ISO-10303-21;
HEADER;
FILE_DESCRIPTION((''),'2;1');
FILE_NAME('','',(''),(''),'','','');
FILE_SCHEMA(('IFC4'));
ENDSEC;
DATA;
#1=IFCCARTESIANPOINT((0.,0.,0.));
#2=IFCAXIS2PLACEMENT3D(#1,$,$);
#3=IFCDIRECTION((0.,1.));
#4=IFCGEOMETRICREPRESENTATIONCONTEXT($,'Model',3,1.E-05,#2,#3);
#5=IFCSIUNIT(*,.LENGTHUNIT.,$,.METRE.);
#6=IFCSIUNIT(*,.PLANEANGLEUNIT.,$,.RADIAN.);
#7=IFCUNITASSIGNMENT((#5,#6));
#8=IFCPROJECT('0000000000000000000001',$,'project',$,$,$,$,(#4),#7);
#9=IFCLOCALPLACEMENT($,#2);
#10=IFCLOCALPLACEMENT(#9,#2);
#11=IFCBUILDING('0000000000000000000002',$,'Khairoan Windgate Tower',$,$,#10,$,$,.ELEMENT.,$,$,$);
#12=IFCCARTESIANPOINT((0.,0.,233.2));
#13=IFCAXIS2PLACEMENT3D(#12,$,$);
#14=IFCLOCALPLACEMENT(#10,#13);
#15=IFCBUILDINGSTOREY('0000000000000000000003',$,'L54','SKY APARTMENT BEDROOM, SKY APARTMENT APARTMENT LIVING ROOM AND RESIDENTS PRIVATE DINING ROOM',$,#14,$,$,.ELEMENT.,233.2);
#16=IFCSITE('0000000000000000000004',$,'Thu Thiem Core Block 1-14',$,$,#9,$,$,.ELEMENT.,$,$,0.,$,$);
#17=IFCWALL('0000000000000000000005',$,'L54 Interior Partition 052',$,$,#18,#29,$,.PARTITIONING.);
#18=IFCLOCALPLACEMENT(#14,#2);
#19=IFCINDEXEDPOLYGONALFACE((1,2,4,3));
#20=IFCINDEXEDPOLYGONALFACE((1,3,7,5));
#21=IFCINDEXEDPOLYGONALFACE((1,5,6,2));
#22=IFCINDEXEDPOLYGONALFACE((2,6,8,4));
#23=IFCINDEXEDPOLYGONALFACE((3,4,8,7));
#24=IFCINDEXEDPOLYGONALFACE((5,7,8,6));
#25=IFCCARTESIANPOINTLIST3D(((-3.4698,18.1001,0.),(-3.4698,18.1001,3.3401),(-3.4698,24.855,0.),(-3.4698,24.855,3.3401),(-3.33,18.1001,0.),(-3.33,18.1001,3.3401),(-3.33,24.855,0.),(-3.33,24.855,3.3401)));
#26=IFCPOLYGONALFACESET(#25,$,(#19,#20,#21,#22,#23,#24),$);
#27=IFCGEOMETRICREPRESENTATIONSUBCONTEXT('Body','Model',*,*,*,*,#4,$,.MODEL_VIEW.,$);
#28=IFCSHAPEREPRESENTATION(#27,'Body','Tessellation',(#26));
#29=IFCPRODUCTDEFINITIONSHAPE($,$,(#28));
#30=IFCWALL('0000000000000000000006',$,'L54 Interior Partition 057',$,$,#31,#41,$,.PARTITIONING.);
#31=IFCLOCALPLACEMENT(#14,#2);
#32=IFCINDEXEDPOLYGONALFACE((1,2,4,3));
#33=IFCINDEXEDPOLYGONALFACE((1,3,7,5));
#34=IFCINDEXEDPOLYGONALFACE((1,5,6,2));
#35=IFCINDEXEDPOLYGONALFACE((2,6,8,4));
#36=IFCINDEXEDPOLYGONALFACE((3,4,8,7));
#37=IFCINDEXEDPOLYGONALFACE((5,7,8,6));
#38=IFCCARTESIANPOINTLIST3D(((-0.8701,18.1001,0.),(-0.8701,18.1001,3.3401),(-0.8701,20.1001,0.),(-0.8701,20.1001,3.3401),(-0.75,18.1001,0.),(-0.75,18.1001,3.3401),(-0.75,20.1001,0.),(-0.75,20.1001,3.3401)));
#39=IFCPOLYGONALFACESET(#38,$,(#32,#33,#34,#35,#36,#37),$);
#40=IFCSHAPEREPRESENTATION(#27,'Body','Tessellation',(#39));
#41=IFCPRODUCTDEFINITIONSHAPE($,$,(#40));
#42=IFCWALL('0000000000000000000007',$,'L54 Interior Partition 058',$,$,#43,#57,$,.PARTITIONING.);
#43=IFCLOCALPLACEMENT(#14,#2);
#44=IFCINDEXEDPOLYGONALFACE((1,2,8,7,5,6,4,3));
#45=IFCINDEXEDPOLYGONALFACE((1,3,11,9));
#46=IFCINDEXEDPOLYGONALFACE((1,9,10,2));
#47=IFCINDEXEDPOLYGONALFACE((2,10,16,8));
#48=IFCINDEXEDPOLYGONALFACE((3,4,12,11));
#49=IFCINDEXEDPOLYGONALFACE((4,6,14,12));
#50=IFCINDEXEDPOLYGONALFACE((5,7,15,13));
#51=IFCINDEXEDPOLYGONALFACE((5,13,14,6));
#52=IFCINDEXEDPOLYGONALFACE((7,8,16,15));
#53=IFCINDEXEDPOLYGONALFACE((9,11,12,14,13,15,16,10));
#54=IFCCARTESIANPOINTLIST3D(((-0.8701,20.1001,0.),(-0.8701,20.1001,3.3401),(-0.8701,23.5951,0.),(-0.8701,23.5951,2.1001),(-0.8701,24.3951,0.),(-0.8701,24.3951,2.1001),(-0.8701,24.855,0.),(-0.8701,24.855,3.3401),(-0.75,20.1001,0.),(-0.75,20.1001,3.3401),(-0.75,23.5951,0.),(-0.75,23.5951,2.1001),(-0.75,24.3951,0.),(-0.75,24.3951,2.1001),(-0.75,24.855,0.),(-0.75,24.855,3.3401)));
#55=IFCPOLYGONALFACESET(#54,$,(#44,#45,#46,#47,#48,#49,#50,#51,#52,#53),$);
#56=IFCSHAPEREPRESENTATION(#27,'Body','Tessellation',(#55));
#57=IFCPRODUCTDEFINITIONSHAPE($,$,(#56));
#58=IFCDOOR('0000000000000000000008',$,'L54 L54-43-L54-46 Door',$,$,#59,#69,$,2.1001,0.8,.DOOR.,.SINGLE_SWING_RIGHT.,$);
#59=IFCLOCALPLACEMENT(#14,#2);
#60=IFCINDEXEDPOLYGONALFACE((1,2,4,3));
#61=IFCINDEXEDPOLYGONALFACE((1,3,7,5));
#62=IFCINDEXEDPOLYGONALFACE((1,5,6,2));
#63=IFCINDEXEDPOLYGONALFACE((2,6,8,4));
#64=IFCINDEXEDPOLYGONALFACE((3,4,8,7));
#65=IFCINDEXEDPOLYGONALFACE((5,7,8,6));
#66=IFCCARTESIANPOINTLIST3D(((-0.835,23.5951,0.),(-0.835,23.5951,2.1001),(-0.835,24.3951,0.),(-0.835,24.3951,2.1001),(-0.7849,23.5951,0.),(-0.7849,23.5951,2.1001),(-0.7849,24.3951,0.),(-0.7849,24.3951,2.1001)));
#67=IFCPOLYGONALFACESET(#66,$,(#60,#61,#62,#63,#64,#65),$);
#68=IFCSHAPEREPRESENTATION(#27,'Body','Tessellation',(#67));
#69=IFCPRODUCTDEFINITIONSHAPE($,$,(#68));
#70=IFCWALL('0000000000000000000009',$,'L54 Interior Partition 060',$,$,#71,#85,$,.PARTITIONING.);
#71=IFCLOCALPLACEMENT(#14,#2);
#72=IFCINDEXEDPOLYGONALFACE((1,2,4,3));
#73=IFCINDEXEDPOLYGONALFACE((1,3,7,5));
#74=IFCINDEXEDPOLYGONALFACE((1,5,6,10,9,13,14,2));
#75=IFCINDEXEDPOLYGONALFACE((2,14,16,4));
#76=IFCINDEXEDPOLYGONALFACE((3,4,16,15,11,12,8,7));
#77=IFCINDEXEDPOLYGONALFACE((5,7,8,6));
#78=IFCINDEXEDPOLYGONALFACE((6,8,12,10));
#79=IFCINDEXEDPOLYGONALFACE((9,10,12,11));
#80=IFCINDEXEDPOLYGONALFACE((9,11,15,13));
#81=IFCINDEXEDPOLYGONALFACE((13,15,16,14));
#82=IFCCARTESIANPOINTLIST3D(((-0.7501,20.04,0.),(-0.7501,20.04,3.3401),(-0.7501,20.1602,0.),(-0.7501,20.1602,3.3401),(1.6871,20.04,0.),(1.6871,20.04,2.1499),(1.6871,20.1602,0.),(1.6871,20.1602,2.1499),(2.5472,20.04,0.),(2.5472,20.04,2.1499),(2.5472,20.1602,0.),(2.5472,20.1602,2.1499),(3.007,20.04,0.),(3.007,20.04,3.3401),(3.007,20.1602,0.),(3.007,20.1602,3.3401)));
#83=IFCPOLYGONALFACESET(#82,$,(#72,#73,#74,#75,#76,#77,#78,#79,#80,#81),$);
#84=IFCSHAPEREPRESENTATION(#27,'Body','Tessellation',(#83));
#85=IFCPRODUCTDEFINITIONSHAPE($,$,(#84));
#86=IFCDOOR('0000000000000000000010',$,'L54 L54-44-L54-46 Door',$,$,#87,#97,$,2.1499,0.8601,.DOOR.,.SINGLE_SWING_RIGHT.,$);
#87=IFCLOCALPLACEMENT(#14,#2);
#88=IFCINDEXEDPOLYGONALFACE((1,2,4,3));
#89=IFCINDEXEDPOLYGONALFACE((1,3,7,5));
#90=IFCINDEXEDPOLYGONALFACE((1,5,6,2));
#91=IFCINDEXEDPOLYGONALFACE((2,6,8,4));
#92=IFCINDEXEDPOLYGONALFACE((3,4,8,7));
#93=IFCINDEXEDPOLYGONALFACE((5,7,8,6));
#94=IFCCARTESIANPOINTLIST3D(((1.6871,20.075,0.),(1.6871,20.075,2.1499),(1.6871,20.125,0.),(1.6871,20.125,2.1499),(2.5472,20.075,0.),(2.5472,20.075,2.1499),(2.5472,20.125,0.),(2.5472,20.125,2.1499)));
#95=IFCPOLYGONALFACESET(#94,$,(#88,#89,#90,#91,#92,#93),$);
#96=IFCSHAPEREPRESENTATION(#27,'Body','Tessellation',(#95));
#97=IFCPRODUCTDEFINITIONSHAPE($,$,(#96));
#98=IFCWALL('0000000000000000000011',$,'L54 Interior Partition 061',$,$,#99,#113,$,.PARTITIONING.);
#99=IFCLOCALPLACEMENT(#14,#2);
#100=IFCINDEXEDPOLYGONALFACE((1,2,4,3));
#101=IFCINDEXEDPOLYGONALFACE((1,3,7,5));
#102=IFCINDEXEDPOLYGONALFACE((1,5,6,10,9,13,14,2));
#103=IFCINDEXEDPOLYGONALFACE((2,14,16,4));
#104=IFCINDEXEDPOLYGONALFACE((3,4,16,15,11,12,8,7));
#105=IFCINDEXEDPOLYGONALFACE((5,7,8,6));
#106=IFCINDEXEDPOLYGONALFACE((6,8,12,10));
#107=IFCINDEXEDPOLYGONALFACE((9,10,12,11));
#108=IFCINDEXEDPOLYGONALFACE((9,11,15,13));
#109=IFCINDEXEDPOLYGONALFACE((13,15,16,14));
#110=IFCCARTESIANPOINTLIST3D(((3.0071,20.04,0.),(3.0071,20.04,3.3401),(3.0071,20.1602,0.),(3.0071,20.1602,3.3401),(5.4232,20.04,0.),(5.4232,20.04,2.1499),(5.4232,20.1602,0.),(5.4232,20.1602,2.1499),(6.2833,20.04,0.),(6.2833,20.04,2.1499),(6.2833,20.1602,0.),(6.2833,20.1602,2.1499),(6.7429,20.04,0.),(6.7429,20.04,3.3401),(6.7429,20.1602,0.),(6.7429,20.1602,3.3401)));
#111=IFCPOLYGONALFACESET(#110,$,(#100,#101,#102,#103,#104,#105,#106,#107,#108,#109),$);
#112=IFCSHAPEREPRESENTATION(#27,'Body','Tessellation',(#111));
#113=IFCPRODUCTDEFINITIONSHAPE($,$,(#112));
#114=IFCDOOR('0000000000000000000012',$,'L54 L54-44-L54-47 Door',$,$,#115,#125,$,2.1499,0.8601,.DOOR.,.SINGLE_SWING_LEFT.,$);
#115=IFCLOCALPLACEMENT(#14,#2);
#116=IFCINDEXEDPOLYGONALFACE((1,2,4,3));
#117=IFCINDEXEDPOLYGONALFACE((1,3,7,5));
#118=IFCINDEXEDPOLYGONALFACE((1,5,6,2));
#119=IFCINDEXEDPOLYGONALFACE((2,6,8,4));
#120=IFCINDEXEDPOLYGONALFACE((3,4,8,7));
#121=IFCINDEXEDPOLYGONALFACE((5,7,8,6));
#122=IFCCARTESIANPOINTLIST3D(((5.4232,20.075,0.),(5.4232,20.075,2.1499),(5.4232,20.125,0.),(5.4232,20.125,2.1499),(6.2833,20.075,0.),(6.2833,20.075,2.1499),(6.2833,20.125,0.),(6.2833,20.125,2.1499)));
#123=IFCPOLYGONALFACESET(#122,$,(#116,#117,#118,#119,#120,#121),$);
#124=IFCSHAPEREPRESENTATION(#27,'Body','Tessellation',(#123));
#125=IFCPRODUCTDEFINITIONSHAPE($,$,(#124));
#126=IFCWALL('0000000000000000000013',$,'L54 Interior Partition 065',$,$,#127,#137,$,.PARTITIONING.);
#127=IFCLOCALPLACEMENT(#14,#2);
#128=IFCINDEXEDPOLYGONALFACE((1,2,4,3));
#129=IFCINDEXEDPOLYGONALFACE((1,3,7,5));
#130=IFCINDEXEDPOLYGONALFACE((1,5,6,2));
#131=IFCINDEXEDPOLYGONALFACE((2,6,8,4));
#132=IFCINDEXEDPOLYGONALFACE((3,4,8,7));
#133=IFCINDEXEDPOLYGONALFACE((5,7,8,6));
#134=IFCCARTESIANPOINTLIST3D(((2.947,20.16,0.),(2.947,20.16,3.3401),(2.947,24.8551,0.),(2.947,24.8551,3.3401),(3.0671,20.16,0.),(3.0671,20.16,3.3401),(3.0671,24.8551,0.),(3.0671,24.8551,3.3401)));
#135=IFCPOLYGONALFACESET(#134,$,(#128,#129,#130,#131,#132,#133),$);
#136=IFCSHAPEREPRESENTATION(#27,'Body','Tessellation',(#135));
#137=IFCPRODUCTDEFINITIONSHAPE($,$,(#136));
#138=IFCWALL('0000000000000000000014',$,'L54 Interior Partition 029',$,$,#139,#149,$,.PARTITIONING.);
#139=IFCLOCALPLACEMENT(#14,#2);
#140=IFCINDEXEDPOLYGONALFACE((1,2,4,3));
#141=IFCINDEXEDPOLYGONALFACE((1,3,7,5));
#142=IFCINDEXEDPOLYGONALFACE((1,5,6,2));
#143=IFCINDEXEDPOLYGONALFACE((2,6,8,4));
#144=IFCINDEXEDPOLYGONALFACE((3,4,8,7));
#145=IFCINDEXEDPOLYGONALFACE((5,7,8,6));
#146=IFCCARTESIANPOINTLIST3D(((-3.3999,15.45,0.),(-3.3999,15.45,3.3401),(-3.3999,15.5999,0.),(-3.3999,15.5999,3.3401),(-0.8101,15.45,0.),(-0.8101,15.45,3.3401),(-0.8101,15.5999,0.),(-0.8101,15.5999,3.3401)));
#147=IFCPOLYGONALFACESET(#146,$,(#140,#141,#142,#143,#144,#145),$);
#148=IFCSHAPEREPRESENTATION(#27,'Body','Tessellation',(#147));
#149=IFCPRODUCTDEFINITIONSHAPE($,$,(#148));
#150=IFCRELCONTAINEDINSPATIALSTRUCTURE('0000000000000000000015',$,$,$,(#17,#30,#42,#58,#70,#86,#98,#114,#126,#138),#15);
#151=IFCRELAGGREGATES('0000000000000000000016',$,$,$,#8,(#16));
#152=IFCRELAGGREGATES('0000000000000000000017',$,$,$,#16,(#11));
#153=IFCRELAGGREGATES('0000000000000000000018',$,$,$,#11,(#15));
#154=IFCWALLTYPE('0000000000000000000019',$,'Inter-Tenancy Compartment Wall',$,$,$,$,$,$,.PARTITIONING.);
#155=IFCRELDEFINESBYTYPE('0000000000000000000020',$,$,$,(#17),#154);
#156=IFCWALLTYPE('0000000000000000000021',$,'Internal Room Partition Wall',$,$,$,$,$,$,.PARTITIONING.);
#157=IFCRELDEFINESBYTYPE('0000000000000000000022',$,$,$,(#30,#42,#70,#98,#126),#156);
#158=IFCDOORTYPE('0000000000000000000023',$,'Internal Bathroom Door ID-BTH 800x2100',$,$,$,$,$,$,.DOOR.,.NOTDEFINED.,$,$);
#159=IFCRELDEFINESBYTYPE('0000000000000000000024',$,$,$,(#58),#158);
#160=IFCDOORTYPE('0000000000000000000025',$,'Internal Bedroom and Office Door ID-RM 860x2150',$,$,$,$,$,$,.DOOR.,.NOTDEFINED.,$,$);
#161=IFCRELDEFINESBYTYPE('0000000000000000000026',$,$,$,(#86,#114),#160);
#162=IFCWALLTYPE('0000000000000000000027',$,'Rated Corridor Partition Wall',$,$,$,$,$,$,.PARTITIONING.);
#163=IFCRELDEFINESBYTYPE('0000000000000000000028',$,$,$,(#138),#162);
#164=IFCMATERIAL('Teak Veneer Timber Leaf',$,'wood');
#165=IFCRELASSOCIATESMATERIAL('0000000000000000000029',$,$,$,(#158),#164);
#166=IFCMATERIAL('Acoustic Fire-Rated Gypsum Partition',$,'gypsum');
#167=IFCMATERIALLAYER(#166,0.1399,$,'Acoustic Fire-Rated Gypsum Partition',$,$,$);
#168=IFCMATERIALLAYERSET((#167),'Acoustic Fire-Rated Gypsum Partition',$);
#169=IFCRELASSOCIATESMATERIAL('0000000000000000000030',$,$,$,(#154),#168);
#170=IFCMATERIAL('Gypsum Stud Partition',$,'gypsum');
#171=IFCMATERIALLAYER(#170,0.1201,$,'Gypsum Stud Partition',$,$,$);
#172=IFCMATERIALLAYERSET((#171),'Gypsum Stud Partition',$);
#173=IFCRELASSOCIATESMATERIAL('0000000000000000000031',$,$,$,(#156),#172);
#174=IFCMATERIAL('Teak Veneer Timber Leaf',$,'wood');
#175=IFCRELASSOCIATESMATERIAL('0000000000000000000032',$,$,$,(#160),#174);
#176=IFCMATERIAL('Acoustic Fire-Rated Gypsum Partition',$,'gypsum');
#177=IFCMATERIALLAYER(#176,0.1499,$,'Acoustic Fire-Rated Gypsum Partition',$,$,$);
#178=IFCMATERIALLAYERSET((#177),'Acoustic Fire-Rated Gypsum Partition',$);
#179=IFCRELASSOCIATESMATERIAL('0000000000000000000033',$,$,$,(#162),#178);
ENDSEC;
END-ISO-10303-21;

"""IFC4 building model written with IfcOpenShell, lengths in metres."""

from ifc_helpers import new_model, si_unit, direction, frame, frame_2d, origin, place, context, subcontext, project, spatial, rectangle, extrude, material, layer, layer_set, type_object, element, fill, save


model = new_model("IFC4")

# Units and contexts
model_context = context("Model", 3, precision=1e-05, world=origin(), true_north=direction((0.0, 1.0)))
body_context = subcontext(model_context, "Body", "Model", "MODEL_VIEW")
ifc_project = project(units=[si_unit("LENGTHUNIT", "METRE"), si_unit("PLANEANGLEUNIT", "RADIAN")], contexts=[model_context])

# Site, building, storey
site_placement = place(None, origin())
site = spatial("IfcSite", under=ifc_project, at=site_placement, Name="Thu Thiem Core Block 1-14", CompositionType="ELEMENT", RefElevation=0.0)
building_placement = place(site_placement, origin())
building = spatial("IfcBuilding", under=site, at=building_placement, Name="Khairoan Windgate Tower", CompositionType="ELEMENT")
storey_placement = place(building_placement, frame((0.0, 0.0, 233.2)))
storey = spatial("IfcBuildingStorey", under=building, at=storey_placement, Name="L54", Description="SKY APARTMENT BEDROOM, SKY APARTMENT APARTMENT LIVING ROOM AND RESIDENTS PRIVATE DINING ROOM", CompositionType="ELEMENT", Elevation=233.2)

# Shared definitions
ifc_material_1 = material(Name="Teak Veneer Timber Leaf", Category="wood")
door_type_1 = type_object("IfcDoorType", Name="Internal Bathroom Door ID-BTH 800x2100", OperationType="NOTDEFINED", PredefinedType="DOOR", material=ifc_material_1)

# Walls
ifc_material_2 = material(Name="Acoustic Fire-Rated Gypsum Partition", Category="gypsum")
ifc_layer_1 = layer(ifc_material_2, 0.1399, Name="Acoustic Fire-Rated Gypsum Partition")
ifc_layer_set_1 = layer_set([ifc_layer_1], Name="Acoustic Fire-Rated Gypsum Partition")
wall_type_1 = type_object("IfcWallType", Name="Inter-Tenancy Compartment Wall", PredefinedType="PARTITIONING", material=ifc_layer_set_1)
wall_1_placement = place(storey_placement, frame((-3.3999, 18.1001, 0.0), z_axis=(0.0, 0.0, 1.0), x_axis=(0.0, 1.0, 0.0)))
element("IfcWall", 1, at=wall_1_placement, inside=storey, type_object=wall_type_1, Name="L54 Interior Partition 052", PredefinedType="PARTITIONING", context=body_context, shape_type="SweptSolid", body=[
    extrude(rectangle(XDim=6.7549, YDim=0.1399, at=frame_2d((3.3774, 0.0))), origin(), (0.0, 0.0, 1.0), 3.3401),
])
ifc_material_3 = material(Name="Gypsum Stud Partition", Category="gypsum")
ifc_layer_2 = layer(ifc_material_3, 0.1201, Name="Gypsum Stud Partition")
ifc_layer_set_2 = layer_set([ifc_layer_2], Name="Gypsum Stud Partition")
wall_type_2 = type_object("IfcWallType", Name="Internal Room Partition Wall", PredefinedType="PARTITIONING", material=ifc_layer_set_2)
wall_2_placement = place(storey_placement, frame((-0.8101, 18.1001, 0.0), z_axis=(0.0, 0.0, 1.0), x_axis=(0.0, 1.0, 0.0)))
element("IfcWall", 2, at=wall_2_placement, inside=storey, type_object=wall_type_2, Name="L54 Interior Partition 057", PredefinedType="PARTITIONING", context=body_context, shape_type="SweptSolid", body=[
    extrude(rectangle(XDim=2.0, YDim=0.1201, at=frame_2d((1.0, 0.0))), origin(), (0.0, 0.0, 1.0), 3.3401),
])

# Walls, openings, doors
wall_3_placement = place(storey_placement, frame((-0.8101, 20.1001, 0.0), z_axis=(0.0, 0.0, 1.0), x_axis=(0.0, 1.0, 0.0)))
wall_3 = element("IfcWall", 3, at=wall_3_placement, inside=storey, type_object=wall_type_2, Name="L54 Interior Partition 058", PredefinedType="PARTITIONING", context=body_context, shape_type="SweptSolid", body=[
    extrude(rectangle(XDim=4.7549, YDim=0.1201, at=frame_2d((2.3774, 0.0))), origin(), (0.0, 0.0, 1.0), 3.3401),
])
opening_1_placement = place(wall_3_placement, frame((3.4951, 0.0, 0.0)))
opening_1 = element("IfcOpeningElement", 4, at=opening_1_placement, cuts=wall_3, PredefinedType="OPENING", context=body_context, shape_type="SweptSolid", body=[
    extrude(rectangle(XDim=0.8, YDim=2.1001, at=frame_2d((0.3999, 1.05))), frame((0.0, 0.0701, 0.0), z_axis=(0.0, -1.0, 0.0), x_axis=(1.0, 0.0, 0.0)), (0.0, 0.0, 1.0), 0.1401),
])
door_1_placement = place(opening_1_placement, origin())
door_1 = element("IfcDoor", 5, at=door_1_placement, inside=storey, type_object=door_type_1, Name="L54 L54-43-L54-46 Door", OperationType="SINGLE_SWING_RIGHT", OverallHeight=2.1001, OverallWidth=0.8, PredefinedType="DOOR", context=body_context, shape_type="SweptSolid", body=[
    extrude(rectangle(XDim=0.8, YDim=2.1001, at=frame_2d((0.3999, 1.05))), frame((0.0, 0.0249, 0.0), z_axis=(0.0, -1.0, 0.0), x_axis=(1.0, 0.0, 0.0)), (0.0, 0.0, 1.0), 0.05),
])
fill(opening_1, door_1)
wall_4_placement = place(storey_placement, frame((-0.75, 20.1001, 0.0), z_axis=(0.0, 0.0, 1.0), x_axis=(1.0, 0.0, 0.0)))
wall_4 = element("IfcWall", 6, at=wall_4_placement, inside=storey, type_object=wall_type_2, Name="L54 Interior Partition 060", PredefinedType="PARTITIONING", context=body_context, shape_type="SweptSolid", body=[
    extrude(rectangle(XDim=3.7571, YDim=0.1201, at=frame_2d((1.8784, 0.0))), origin(), (0.0, 0.0, 1.0), 3.3401),
])
opening_2_placement = place(wall_4_placement, frame((2.437, 0.0, 0.0)))
opening_2 = element("IfcOpeningElement", 7, at=opening_2_placement, cuts=wall_4, PredefinedType="OPENING", context=body_context, shape_type="SweptSolid", body=[
    extrude(rectangle(XDim=0.8601, YDim=2.1499, at=frame_2d((0.4302, 1.075))), frame((0.0, 0.0701, 0.0), z_axis=(0.0, -1.0, 0.0), x_axis=(1.0, 0.0, 0.0)), (0.0, 0.0, 1.0), 0.1401),
])
ifc_material_4 = material(Name="Teak Veneer Timber Leaf", Category="wood")
door_type_2 = type_object("IfcDoorType", Name="Internal Bedroom and Office Door ID-RM 860x2150", OperationType="NOTDEFINED", PredefinedType="DOOR", material=ifc_material_4)
door_2_placement = place(opening_2_placement, origin())
door_2 = element("IfcDoor", 8, at=door_2_placement, inside=storey, type_object=door_type_2, Name="L54 L54-44-L54-46 Door", OperationType="SINGLE_SWING_RIGHT", OverallHeight=2.1499, OverallWidth=0.8601, PredefinedType="DOOR", context=body_context, shape_type="SweptSolid", body=[
    extrude(rectangle(XDim=0.8601, YDim=2.1499, at=frame_2d((0.4302, 1.075))), frame((0.0, 0.0249, 0.0), z_axis=(0.0, -1.0, 0.0), x_axis=(1.0, 0.0, 0.0)), (0.0, 0.0, 1.0), 0.05),
])
fill(opening_2, door_2)
wall_5_placement = place(storey_placement, frame((3.0071, 20.1001, 0.0), z_axis=(0.0, 0.0, 1.0), x_axis=(1.0, 0.0, 0.0)))
wall_5 = element("IfcWall", 9, at=wall_5_placement, inside=storey, type_object=wall_type_2, Name="L54 Interior Partition 061", PredefinedType="PARTITIONING", context=body_context, shape_type="SweptSolid", body=[
    extrude(rectangle(XDim=3.7358, YDim=0.1201, at=frame_2d((1.8679, 0.0))), origin(), (0.0, 0.0, 1.0), 3.3401),
])
opening_3_placement = place(wall_5_placement, frame((2.416, 0.0, 0.0)))
opening_3 = element("IfcOpeningElement", 10, at=opening_3_placement, cuts=wall_5, PredefinedType="OPENING", context=body_context, shape_type="SweptSolid", body=[
    extrude(rectangle(XDim=0.8601, YDim=2.1499, at=frame_2d((0.4302, 1.075))), frame((0.0, 0.0701, 0.0), z_axis=(0.0, -1.0, 0.0), x_axis=(1.0, 0.0, 0.0)), (0.0, 0.0, 1.0), 0.1401),
])
door_3_placement = place(opening_3_placement, origin())
door_3 = element("IfcDoor", 11, at=door_3_placement, inside=storey, type_object=door_type_2, Name="L54 L54-44-L54-47 Door", OperationType="SINGLE_SWING_LEFT", OverallHeight=2.1499, OverallWidth=0.8601, PredefinedType="DOOR", context=body_context, shape_type="SweptSolid", body=[
    extrude(rectangle(XDim=0.8601, YDim=2.1499, at=frame_2d((0.4302, 1.075))), frame((0.0, 0.0249, 0.0), z_axis=(0.0, -1.0, 0.0), x_axis=(1.0, 0.0, 0.0)), (0.0, 0.0, 1.0), 0.05),
])
fill(opening_3, door_3)

# Walls
wall_6_placement = place(storey_placement, frame((3.0071, 20.1599, 0.0), z_axis=(0.0, 0.0, 1.0), x_axis=(0.0, 1.0, 0.0)))
element("IfcWall", 12, at=wall_6_placement, inside=storey, type_object=wall_type_2, Name="L54 Interior Partition 065", PredefinedType="PARTITIONING", context=body_context, shape_type="SweptSolid", body=[
    extrude(rectangle(XDim=4.6951, YDim=0.1201, at=frame_2d((2.3477, 0.0))), origin(), (0.0, 0.0, 1.0), 3.3401),
])
ifc_material_5 = material(Name="Acoustic Fire-Rated Gypsum Partition", Category="gypsum")
ifc_layer_3 = layer(ifc_material_5, 0.1499, Name="Acoustic Fire-Rated Gypsum Partition")
ifc_layer_set_3 = layer_set([ifc_layer_3], Name="Acoustic Fire-Rated Gypsum Partition")
wall_type_3 = type_object("IfcWallType", Name="Rated Corridor Partition Wall", PredefinedType="PARTITIONING", material=ifc_layer_set_3)
wall_7_placement = place(storey_placement, frame((-3.3999, 15.5249, 0.0), z_axis=(0.0, 0.0, 1.0), x_axis=(1.0, 0.0, 0.0)))
element("IfcWall", 13, at=wall_7_placement, inside=storey, type_object=wall_type_3, Name="L54 Interior Partition 029", PredefinedType="PARTITIONING", context=body_context, shape_type="SweptSolid", body=[
    extrude(rectangle(XDim=2.5898, YDim=0.1499, at=frame_2d((1.2949, 0.0))), origin(), (0.0, 0.0, 1.0), 3.3401),
])

save(model, "model.ifc")
